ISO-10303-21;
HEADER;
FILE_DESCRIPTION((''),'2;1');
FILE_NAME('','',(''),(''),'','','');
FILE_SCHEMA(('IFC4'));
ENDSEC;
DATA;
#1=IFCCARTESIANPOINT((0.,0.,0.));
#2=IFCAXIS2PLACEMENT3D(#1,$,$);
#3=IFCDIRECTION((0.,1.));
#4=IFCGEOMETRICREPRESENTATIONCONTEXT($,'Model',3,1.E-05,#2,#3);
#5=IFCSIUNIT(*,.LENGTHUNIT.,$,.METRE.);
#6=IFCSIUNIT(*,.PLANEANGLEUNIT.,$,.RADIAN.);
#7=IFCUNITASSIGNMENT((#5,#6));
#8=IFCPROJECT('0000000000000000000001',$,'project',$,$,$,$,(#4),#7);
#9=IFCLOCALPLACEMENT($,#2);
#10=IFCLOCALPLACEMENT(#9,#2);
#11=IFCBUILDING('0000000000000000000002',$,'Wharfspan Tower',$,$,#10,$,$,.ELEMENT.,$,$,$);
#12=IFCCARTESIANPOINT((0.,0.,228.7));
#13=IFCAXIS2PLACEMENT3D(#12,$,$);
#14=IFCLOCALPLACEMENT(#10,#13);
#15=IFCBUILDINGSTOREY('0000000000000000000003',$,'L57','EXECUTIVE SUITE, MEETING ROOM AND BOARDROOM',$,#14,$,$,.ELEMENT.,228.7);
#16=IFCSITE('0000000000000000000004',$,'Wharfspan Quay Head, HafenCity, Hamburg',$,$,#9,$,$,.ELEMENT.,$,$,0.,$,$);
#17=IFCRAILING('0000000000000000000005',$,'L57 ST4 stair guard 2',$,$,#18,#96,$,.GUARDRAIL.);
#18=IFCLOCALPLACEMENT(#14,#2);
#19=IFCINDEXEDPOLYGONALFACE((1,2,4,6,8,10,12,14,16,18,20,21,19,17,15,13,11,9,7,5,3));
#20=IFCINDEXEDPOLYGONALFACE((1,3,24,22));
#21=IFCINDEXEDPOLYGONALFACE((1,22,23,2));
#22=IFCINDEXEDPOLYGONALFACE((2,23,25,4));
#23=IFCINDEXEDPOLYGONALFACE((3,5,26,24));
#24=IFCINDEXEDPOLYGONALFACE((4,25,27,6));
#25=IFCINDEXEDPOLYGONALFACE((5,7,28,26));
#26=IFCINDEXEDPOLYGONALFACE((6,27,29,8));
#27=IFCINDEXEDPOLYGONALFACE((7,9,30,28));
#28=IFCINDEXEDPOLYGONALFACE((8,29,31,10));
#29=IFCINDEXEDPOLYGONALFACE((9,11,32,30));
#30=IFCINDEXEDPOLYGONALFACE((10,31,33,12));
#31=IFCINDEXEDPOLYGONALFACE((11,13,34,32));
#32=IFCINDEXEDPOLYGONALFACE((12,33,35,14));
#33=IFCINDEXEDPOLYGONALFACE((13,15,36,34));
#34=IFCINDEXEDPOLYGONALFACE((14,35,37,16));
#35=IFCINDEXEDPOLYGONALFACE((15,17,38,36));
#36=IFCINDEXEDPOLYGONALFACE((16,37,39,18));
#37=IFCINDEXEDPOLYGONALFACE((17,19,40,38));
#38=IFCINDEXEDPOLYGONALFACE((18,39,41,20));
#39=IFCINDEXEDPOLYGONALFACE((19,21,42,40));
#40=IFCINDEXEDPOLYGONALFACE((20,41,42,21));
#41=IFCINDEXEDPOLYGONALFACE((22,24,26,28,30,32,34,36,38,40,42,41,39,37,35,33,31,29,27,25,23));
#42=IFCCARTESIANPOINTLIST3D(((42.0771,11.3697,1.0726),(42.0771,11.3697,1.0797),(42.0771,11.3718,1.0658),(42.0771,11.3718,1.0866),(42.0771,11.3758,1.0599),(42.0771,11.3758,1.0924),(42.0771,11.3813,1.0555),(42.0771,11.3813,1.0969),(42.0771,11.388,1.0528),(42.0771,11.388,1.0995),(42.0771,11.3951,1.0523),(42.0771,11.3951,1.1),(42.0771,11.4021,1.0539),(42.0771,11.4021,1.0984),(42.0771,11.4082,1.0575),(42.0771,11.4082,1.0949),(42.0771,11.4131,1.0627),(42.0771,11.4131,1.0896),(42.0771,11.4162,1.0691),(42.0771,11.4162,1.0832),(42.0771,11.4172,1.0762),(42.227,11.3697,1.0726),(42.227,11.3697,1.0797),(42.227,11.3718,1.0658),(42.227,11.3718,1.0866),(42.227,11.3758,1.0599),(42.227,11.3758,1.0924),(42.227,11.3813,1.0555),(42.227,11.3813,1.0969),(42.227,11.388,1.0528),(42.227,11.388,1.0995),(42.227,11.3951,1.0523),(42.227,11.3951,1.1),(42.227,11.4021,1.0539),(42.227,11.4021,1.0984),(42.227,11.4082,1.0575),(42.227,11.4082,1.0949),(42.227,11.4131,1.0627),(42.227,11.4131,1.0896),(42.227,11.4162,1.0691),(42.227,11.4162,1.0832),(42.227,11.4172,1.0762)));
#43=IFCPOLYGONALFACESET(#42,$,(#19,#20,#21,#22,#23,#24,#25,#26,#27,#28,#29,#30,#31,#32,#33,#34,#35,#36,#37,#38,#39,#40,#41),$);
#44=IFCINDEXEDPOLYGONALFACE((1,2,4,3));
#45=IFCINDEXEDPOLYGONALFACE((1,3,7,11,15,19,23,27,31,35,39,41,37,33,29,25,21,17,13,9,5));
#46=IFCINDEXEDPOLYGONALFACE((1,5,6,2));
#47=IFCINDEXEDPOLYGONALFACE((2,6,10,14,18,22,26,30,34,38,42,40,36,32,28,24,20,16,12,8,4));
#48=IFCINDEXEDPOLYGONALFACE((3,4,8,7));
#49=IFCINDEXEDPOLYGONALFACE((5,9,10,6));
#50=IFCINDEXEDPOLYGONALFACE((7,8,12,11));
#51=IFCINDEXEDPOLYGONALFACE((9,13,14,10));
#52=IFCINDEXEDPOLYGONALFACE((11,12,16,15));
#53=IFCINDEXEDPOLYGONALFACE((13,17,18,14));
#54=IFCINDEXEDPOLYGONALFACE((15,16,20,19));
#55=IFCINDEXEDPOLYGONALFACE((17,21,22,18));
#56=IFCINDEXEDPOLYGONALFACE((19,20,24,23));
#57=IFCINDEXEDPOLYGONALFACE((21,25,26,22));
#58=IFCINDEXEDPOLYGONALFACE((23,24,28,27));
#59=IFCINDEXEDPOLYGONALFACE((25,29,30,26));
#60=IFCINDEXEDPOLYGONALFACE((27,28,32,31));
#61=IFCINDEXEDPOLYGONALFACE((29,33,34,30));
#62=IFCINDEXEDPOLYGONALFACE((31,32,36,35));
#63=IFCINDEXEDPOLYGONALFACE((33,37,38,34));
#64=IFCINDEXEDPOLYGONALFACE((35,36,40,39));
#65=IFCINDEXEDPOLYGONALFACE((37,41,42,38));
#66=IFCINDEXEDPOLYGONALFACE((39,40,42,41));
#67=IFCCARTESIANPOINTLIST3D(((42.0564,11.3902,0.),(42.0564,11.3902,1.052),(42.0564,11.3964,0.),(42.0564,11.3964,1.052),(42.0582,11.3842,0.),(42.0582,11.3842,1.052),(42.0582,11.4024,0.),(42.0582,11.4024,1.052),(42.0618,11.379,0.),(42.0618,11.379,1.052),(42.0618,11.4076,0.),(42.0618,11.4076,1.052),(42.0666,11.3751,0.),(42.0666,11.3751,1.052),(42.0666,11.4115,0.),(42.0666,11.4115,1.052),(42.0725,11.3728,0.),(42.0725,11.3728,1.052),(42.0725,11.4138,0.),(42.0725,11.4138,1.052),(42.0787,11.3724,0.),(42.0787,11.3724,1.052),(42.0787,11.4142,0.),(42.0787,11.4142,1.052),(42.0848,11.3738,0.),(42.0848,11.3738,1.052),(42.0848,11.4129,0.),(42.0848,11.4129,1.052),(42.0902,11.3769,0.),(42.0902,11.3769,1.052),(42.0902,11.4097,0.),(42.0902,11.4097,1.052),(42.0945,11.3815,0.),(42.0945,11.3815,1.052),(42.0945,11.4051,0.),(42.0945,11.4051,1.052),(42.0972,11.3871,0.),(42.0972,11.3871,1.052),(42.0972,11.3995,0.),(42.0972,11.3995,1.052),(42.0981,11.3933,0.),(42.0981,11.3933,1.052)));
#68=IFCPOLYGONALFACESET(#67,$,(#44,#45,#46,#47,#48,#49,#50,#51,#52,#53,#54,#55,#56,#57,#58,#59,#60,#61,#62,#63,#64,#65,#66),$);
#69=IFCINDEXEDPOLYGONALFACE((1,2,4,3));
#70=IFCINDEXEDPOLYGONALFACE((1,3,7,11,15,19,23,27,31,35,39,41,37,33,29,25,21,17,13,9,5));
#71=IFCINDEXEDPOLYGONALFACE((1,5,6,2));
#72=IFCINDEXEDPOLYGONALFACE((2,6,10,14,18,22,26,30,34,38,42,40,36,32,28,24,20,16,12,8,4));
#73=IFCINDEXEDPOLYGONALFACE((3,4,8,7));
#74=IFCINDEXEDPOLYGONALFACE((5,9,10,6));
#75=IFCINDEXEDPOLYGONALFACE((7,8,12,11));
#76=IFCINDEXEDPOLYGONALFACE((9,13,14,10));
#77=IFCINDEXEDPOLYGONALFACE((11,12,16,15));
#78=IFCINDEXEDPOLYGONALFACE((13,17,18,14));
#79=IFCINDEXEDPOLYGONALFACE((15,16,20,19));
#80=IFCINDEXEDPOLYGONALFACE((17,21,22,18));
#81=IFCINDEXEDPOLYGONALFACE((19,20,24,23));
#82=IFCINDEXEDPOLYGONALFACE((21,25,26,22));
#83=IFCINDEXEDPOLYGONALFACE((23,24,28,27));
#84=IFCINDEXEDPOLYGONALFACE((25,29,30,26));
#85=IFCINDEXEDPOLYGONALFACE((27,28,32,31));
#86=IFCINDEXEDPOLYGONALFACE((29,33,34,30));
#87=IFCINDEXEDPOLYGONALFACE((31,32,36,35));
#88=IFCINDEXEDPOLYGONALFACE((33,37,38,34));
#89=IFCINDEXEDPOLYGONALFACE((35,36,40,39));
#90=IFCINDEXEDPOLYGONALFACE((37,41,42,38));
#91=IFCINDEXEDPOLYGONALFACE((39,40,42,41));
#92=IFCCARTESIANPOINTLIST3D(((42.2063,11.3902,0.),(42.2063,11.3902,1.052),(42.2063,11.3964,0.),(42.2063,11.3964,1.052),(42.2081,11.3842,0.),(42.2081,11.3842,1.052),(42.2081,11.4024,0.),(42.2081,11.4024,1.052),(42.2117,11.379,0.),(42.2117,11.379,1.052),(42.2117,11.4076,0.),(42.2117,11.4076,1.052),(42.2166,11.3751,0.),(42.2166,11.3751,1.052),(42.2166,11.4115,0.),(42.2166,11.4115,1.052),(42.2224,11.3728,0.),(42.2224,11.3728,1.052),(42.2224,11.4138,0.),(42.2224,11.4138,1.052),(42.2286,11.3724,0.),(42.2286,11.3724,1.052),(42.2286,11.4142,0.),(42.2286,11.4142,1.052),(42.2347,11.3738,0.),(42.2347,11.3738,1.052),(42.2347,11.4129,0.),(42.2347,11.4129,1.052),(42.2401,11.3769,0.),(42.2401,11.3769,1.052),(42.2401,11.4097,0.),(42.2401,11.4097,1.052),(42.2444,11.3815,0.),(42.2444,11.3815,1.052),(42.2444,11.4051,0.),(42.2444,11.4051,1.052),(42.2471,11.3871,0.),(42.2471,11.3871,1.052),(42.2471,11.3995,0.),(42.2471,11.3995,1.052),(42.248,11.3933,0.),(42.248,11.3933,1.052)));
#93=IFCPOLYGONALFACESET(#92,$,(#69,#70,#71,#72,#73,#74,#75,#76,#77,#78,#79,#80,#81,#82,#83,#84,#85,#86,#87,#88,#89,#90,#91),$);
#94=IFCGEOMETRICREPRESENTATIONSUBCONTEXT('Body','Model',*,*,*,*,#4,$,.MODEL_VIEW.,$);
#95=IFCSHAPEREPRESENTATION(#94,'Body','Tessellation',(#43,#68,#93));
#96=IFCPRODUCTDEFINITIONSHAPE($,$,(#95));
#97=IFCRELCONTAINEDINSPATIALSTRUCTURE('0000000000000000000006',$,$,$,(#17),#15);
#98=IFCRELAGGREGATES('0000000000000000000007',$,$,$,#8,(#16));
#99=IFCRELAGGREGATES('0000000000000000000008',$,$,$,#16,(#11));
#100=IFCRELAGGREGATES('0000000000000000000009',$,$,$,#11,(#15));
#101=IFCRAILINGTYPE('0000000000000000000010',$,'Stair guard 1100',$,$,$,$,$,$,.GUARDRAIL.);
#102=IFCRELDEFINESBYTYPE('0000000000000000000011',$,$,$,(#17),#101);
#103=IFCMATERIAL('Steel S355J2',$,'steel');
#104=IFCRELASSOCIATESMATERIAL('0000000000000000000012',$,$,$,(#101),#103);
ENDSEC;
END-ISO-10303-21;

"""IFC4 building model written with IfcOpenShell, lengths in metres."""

from ifc_helpers import new_model, si_unit, direction, frame, origin, origin_2d, place, context, subcontext, project, spatial, circle, extrude, material, type_object, element, save


model = new_model("IFC4")

# Units and contexts
model_context = context("Model", 3, precision=1e-05, world=origin(), true_north=direction((0.0, 1.0)))
body_context = subcontext(model_context, "Body", "Model", "MODEL_VIEW")
ifc_project = project(units=[si_unit("LENGTHUNIT", "METRE"), si_unit("PLANEANGLEUNIT", "RADIAN")], contexts=[model_context])

# Site, building, storey
site_placement = place(None, origin())
site = spatial("IfcSite", under=ifc_project, at=site_placement, Name="Wharfspan Quay Head, HafenCity, Hamburg", CompositionType="ELEMENT", RefElevation=0.0)
building_placement = place(site_placement, origin())
building = spatial("IfcBuilding", under=site, at=building_placement, Name="Wharfspan Tower", CompositionType="ELEMENT")
storey_placement = place(building_placement, frame((0.0, 0.0, 228.7)))
storey = spatial("IfcBuildingStorey", under=building, at=storey_placement, Name="L57", Description="EXECUTIVE SUITE, MEETING ROOM AND BOARDROOM", CompositionType="ELEMENT", Elevation=228.7)

# Shared definitions
ifc_material_1 = material(Name="Steel S355J2", Category="steel")

# Railing
railing_type_1 = type_object("IfcRailingType", Name="Stair guard 1100", PredefinedType="GUARDRAIL", material=ifc_material_1)
railing_1_placement = place(storey_placement, frame((42.0771, 11.3933, 0.0)))
element("IfcRailing", 1, at=railing_1_placement, inside=storey, type_object=railing_type_1, Name="L57 ST4 stair guard 2", PredefinedType="GUARDRAIL", context=body_context, shape_type="SweptSolid", body=[
    extrude(circle(Radius=0.0239, at=origin_2d()), frame((0.0, 0.0, 1.0762), z_axis=(1.0, 0.0, 0.0), x_axis=(0.0, 1.0, 0.0)), (0.0, 0.0, 1.0), 0.1499),
    extrude(circle(Radius=0.021, at=origin_2d()), origin(), (0.0, 0.0, 1.0), 1.052),
    extrude(circle(Radius=0.021, at=origin_2d()), frame((0.1499, 0.0, 0.0)), (0.0, 0.0, 1.0), 1.052),
])

save(model, "model.ifc")
